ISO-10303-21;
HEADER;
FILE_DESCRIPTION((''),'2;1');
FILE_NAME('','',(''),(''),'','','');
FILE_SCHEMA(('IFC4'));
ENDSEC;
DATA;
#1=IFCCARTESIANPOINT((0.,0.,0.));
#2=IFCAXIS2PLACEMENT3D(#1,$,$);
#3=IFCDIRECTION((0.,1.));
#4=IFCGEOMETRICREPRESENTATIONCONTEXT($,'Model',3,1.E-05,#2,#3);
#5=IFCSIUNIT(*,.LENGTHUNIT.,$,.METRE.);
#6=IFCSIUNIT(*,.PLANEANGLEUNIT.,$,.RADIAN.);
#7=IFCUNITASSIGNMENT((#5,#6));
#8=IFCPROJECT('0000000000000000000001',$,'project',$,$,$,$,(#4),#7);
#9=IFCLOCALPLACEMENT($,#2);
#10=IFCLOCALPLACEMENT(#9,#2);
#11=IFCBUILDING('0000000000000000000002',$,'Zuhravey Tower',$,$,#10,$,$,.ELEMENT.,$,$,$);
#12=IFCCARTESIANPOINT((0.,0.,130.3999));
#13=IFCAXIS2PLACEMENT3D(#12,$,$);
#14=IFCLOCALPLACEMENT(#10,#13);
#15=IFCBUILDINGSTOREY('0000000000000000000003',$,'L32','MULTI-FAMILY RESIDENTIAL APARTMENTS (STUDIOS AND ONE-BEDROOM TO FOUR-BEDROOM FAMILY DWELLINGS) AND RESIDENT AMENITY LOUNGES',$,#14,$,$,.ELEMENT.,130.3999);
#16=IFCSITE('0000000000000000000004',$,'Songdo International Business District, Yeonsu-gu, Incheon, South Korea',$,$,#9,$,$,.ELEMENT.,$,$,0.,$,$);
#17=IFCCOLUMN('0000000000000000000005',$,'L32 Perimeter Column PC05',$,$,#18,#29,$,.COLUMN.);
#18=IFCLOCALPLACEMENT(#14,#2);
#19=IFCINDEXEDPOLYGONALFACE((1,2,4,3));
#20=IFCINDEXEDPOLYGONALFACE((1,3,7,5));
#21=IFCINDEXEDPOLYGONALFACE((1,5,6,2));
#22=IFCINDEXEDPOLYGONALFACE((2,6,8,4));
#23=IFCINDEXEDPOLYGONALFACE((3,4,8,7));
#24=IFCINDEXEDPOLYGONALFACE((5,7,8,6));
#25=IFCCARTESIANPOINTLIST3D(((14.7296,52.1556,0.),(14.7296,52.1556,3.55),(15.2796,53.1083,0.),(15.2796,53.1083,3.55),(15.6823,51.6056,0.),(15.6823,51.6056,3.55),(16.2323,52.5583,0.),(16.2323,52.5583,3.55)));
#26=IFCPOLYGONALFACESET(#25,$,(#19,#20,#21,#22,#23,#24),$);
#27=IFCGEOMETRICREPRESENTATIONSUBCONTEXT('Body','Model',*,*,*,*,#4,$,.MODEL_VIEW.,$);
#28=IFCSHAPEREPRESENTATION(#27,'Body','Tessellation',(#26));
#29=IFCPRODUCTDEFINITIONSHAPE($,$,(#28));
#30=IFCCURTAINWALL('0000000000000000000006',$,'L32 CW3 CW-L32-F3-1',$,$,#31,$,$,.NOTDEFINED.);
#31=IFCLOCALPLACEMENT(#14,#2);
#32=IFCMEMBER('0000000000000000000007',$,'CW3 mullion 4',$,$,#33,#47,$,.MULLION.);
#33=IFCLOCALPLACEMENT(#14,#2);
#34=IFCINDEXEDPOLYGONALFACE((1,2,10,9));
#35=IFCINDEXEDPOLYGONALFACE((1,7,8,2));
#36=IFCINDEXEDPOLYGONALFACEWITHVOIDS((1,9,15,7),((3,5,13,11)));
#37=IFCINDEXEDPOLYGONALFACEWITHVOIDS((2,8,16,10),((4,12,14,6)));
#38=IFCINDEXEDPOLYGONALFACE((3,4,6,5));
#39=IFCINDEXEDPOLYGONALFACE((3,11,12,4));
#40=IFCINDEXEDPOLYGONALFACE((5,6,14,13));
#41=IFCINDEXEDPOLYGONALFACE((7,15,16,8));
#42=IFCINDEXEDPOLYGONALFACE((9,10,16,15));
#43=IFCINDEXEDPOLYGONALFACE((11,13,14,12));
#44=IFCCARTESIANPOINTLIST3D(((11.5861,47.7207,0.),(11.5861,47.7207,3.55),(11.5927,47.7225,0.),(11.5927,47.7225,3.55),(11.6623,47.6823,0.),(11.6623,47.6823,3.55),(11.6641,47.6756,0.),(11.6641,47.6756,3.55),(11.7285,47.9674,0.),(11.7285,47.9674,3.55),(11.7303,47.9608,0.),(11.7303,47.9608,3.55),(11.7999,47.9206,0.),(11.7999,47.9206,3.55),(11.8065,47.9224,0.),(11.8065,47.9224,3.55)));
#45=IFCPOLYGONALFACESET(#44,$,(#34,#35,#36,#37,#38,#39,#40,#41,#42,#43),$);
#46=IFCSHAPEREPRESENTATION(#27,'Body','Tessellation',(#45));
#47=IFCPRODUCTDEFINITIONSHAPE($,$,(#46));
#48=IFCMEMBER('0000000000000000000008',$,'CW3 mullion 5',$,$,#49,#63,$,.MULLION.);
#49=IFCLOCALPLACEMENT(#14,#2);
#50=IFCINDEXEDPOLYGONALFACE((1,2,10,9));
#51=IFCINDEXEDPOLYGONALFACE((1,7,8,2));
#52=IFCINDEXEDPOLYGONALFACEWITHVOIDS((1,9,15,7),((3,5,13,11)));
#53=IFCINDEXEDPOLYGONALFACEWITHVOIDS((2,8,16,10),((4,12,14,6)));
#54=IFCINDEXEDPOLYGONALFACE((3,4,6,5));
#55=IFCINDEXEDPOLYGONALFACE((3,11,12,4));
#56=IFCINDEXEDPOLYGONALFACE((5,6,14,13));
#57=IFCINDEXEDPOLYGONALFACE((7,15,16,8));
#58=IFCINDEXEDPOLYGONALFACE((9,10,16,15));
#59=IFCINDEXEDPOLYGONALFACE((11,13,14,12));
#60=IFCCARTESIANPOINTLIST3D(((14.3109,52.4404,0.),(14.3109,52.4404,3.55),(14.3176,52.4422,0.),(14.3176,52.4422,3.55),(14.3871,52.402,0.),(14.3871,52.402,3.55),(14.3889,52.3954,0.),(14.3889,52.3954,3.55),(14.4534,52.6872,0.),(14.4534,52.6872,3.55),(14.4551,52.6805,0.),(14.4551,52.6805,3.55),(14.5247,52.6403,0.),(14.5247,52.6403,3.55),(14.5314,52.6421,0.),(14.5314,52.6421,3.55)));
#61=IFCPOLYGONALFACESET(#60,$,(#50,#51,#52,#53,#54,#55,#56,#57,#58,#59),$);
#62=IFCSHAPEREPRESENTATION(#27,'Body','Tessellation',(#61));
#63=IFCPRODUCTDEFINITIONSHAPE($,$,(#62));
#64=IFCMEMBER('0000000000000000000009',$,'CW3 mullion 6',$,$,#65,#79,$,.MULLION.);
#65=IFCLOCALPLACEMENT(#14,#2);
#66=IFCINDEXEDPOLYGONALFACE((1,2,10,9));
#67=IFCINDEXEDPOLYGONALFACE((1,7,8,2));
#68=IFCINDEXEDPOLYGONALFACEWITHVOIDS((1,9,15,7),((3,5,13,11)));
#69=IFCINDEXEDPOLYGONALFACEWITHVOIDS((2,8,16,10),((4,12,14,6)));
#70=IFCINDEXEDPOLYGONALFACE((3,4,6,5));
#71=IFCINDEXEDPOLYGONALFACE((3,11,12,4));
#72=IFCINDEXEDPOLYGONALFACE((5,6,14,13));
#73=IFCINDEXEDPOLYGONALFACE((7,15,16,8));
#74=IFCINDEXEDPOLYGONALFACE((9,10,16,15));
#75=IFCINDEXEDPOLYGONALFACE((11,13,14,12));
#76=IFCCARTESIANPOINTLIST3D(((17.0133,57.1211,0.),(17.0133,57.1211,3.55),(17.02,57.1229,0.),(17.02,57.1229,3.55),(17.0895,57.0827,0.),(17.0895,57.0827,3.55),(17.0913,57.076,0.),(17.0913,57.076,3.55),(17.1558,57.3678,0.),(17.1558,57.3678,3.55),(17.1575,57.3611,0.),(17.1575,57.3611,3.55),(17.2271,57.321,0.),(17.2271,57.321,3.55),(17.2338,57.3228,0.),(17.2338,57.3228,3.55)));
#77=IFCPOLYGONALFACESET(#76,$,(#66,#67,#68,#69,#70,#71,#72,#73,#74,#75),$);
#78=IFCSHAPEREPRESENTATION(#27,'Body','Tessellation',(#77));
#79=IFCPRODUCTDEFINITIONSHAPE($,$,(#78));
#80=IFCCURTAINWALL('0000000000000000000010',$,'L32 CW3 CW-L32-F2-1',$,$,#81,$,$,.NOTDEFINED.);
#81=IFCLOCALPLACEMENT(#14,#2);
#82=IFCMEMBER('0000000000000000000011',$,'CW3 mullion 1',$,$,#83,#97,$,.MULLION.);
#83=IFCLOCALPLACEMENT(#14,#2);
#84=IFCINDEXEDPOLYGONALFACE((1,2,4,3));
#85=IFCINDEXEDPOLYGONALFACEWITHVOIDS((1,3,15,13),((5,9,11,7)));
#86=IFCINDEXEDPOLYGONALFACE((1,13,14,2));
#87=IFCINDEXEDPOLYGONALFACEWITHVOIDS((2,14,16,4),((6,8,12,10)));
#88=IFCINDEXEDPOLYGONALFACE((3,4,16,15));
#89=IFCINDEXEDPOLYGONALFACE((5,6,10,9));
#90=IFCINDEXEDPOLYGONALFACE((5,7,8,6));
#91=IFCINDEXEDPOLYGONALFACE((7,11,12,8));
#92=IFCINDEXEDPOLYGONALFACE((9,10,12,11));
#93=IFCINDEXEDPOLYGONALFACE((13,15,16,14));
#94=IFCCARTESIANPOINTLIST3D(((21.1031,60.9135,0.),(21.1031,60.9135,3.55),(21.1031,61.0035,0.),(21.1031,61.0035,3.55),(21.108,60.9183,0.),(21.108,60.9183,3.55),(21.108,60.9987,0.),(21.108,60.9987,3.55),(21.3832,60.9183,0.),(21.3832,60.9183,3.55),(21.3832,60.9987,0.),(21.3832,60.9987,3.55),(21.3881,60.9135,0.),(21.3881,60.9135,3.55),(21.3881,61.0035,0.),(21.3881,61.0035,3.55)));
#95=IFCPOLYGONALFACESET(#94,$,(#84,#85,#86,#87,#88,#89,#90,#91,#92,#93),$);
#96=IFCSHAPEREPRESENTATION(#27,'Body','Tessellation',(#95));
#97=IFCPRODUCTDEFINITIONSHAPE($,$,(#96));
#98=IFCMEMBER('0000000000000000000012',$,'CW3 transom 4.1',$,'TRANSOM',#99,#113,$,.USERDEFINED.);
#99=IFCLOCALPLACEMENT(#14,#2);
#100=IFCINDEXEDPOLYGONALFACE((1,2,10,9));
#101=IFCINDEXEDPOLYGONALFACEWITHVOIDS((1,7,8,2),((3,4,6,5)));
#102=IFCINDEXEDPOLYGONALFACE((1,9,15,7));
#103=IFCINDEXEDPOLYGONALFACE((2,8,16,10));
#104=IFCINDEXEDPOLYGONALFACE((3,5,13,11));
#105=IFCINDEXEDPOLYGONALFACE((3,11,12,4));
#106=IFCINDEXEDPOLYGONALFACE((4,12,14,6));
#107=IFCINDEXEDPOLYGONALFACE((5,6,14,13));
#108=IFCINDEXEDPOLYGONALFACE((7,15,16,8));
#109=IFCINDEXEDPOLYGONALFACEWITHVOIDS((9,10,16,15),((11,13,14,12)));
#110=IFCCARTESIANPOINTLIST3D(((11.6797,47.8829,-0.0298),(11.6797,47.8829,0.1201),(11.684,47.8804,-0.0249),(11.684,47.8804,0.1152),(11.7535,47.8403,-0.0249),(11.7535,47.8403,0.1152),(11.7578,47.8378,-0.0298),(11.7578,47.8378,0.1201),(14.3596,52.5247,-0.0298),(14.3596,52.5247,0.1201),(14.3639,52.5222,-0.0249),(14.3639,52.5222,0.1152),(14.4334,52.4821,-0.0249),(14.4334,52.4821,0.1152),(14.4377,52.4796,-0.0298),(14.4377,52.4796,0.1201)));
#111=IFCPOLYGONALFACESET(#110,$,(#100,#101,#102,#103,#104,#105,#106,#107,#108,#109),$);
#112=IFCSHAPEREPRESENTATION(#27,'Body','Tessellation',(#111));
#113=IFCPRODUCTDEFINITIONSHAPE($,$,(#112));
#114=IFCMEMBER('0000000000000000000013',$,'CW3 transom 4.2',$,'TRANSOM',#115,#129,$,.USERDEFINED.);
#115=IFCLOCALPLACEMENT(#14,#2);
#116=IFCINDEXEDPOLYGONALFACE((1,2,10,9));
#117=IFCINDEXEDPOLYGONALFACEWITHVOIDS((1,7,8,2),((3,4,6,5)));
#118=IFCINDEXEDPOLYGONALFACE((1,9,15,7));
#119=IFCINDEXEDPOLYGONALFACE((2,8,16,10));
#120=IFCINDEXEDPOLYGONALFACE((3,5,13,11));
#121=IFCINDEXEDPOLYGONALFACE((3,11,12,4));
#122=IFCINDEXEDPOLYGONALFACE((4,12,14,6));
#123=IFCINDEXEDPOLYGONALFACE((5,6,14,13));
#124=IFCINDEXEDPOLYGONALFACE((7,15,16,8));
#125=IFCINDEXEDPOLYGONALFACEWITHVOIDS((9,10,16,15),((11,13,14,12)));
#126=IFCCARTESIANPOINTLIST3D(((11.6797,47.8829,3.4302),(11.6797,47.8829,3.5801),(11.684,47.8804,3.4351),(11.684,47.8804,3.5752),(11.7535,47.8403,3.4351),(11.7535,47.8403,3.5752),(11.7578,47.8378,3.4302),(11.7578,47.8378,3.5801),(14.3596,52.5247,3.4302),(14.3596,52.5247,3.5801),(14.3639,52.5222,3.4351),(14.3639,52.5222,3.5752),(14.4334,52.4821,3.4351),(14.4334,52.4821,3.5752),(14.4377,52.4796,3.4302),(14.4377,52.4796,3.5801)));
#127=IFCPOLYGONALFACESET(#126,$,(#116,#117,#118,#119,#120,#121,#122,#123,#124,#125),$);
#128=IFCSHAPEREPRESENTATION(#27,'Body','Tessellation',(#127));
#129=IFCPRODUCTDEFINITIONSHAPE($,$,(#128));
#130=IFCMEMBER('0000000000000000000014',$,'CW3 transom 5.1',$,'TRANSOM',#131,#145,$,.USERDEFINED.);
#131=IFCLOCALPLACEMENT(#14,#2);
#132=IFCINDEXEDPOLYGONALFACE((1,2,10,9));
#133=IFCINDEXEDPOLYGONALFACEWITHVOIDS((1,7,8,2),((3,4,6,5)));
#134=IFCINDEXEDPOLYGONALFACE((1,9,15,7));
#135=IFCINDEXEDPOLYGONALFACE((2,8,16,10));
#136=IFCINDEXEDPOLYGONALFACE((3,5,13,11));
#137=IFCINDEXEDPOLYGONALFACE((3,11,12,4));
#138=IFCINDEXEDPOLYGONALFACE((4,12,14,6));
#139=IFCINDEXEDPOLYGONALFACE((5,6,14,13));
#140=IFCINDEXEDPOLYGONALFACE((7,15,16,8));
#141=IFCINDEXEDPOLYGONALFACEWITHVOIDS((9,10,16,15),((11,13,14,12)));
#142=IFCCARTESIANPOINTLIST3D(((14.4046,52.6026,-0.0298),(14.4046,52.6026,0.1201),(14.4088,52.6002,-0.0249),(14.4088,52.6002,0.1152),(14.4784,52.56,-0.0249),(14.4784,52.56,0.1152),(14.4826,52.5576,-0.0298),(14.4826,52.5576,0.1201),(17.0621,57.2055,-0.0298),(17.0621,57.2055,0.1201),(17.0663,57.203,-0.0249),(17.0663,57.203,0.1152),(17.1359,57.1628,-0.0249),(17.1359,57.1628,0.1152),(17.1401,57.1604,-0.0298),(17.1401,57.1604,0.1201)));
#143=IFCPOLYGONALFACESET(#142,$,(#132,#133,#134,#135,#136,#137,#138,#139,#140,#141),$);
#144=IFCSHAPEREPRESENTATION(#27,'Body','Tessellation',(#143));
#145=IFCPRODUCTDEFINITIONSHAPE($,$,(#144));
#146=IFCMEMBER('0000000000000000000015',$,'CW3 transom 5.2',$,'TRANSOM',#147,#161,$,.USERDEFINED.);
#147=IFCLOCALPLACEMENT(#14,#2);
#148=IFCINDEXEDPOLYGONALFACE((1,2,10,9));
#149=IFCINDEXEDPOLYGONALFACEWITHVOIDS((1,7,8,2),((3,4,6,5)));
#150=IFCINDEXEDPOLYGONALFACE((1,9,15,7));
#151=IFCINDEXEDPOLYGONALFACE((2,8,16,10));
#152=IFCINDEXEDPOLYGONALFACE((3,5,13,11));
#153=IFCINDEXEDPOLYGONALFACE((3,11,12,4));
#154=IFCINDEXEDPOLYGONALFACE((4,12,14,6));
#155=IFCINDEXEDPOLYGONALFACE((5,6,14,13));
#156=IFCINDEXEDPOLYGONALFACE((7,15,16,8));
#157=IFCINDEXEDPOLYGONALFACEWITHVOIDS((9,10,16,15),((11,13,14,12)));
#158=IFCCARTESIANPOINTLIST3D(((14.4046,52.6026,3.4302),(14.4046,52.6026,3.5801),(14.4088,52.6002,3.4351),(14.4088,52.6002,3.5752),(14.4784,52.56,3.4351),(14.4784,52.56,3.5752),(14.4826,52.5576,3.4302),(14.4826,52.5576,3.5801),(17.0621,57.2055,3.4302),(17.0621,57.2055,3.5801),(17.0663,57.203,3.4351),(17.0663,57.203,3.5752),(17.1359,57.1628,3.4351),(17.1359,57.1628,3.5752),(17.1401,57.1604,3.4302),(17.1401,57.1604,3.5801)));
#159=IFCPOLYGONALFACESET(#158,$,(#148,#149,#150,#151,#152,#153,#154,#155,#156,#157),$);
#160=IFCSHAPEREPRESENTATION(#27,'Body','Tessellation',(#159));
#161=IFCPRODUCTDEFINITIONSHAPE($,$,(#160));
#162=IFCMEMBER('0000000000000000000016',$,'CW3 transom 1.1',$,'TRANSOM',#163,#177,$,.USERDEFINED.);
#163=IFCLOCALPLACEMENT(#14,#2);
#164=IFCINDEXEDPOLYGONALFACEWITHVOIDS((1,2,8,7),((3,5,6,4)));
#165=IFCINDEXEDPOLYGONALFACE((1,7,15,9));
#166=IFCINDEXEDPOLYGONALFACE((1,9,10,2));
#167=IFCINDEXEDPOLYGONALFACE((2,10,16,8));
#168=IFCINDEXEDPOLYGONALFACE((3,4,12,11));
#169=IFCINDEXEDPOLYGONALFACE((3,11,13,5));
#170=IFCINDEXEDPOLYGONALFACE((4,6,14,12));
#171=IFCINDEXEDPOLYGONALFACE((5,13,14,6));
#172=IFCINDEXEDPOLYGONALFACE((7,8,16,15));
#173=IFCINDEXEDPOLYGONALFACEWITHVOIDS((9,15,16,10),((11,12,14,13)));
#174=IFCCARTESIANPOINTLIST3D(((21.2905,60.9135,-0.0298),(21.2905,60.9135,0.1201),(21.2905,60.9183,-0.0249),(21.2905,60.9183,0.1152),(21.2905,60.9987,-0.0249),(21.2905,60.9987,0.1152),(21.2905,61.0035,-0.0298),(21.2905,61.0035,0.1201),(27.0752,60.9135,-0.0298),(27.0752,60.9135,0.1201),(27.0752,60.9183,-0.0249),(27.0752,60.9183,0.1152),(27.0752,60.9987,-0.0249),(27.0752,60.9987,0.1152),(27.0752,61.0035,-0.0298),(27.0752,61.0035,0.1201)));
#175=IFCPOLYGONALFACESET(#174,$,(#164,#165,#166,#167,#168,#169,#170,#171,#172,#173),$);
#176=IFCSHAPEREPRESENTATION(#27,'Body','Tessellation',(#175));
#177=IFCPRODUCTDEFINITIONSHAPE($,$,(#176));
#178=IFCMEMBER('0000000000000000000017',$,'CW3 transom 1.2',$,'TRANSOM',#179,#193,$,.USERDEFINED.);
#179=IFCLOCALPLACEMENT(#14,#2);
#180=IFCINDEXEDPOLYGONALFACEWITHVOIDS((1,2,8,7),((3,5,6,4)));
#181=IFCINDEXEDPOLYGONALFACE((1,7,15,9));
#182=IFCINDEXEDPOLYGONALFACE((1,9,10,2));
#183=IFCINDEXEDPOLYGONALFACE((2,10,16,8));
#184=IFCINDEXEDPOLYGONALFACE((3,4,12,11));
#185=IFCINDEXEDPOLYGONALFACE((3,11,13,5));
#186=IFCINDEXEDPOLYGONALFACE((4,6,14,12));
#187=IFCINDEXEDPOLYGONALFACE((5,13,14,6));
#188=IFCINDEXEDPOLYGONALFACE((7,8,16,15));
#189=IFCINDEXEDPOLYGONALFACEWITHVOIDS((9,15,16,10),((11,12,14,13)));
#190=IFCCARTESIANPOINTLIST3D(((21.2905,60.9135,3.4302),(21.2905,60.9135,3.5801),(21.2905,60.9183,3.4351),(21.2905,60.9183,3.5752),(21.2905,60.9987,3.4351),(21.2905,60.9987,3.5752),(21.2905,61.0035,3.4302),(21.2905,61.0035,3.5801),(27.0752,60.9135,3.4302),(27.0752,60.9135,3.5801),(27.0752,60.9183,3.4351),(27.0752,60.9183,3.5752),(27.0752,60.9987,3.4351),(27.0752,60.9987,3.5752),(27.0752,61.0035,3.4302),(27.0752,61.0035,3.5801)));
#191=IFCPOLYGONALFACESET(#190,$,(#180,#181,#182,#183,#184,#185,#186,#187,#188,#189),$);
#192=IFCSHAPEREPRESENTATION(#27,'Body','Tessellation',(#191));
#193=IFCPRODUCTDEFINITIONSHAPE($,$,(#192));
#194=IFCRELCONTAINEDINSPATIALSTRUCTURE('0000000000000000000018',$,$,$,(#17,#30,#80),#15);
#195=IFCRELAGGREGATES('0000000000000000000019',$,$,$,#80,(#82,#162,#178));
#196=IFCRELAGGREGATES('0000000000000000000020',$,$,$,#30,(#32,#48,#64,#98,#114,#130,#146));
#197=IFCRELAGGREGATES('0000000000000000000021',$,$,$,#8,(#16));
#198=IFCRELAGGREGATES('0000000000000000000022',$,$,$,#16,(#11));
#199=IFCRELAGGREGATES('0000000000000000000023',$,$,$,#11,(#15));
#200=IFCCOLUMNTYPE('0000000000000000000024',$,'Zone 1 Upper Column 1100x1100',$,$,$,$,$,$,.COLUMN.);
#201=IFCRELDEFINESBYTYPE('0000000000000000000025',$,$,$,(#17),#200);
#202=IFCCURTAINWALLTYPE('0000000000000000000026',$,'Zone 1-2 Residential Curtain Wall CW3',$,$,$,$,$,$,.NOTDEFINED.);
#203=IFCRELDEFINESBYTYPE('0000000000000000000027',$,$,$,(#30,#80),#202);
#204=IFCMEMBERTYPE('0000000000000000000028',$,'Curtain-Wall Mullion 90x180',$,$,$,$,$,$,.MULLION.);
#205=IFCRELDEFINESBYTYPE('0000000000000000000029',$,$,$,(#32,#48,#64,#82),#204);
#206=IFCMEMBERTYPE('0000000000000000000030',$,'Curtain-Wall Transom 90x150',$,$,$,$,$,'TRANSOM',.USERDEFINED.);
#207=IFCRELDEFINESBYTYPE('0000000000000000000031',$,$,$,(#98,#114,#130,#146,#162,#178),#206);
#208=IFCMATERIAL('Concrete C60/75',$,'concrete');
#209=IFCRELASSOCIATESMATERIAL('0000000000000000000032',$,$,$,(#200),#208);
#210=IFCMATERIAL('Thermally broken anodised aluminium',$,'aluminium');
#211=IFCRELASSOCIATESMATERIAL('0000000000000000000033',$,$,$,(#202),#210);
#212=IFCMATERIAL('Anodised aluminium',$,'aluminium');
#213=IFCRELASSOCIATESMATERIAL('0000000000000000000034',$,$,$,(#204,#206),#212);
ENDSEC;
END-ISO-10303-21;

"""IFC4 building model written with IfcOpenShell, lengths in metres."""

from ifc_helpers import new_model, si_unit, direction, frame, origin, origin_2d, place, context, subcontext, project, spatial, rectangle, hollow_rectangle, extrude, material, material_profile, profile_set, type_object, element, aggregate, save


model = new_model("IFC4")

# Units and contexts
model_context = context("Model", 3, precision=1e-05, world=origin(), true_north=direction((0.0, 1.0)))
body_context = subcontext(model_context, "Body", "Model", "MODEL_VIEW")
ifc_project = project(units=[si_unit("LENGTHUNIT", "METRE"), si_unit("PLANEANGLEUNIT", "RADIAN")], contexts=[model_context])

# Site, building, storey
site_placement = place(None, origin())
site = spatial("IfcSite", under=ifc_project, at=site_placement, Name="Songdo International Business District, Yeonsu-gu, Incheon, South Korea", CompositionType="ELEMENT", RefElevation=0.0)
building_placement = place(site_placement, origin())
building = spatial("IfcBuilding", under=site, at=building_placement, Name="Zuhravey Tower", CompositionType="ELEMENT")
storey_placement = place(building_placement, frame((0.0, 0.0, 130.3999)))
storey = spatial("IfcBuildingStorey", under=building, at=storey_placement, Name="L32", Description="MULTI-FAMILY RESIDENTIAL APARTMENTS (STUDIOS AND ONE-BEDROOM TO FOUR-BEDROOM FAMILY DWELLINGS) AND RESIDENT AMENITY LOUNGES", CompositionType="ELEMENT", Elevation=130.3999)

# Column
ifc_material_1 = material(Name="Concrete C60/75", Category="concrete")
ifc_material_profile_1 = material_profile(ifc_material_1, rectangle(XDim=1.1001, YDim=1.1001, at=origin_2d()), Name="RC-1100x1100")
ifc_profile_set_1 = profile_set([ifc_material_profile_1], Name="Concrete C60/75")
column_type = type_object("IfcColumnType", Name="Zone 1 Upper Column 1100x1100", PredefinedType="COLUMN", material=ifc_profile_set_1)
column_placement = place(storey_placement, frame((15.481, 52.3569, 0.0), z_axis=(0.0, 0.0, 1.0), x_axis=(-0.5, -0.866025, 0.0)))
element("IfcColumn", 1, at=column_placement, inside=storey, type_object=column_type, Name="L32 Perimeter Column PC05", PredefinedType="COLUMN", context=body_context, shape_type="SweptSolid", body=[
    extrude(rectangle(XDim=1.1001, YDim=1.1001, at=origin_2d()), origin(), (0.0, 0.0, 1.0), 3.55),
])

# Curtain wall, members
ifc_material_2 = material(Name="Thermally broken anodised aluminium", Category="aluminium")
curtain_wall_type = type_object("IfcCurtainWallType", Name="Zone 1-2 Residential Curtain Wall CW3", PredefinedType="NOTDEFINED", material=ifc_material_2)
curtain_wall_1_placement = place(storey_placement, origin())
curtain_wall_1 = element("IfcCurtainWall", 2, at=curtain_wall_1_placement, inside=storey, type_object=curtain_wall_type, Name="L32 CW3 CW-L32-F3-1", PredefinedType="NOTDEFINED")
ifc_material_3 = material(Name="Anodised aluminium", Category="aluminium")
ifc_material_profile_2 = material_profile(ifc_material_3, hollow_rectangle(XDim=0.0901, YDim=0.2849, WallThickness=0.0049, at=origin_2d()), Name="ALU-RHS-90x285x5")
ifc_profile_set_2 = profile_set([ifc_material_profile_2], Name="Anodised aluminium")
member_type_1 = type_object("IfcMemberType", Name="Curtain-Wall Mullion 90x180", PredefinedType="MULLION", material=ifc_profile_set_2)
member_1_placement = place(storey_placement, frame((11.6963, 47.8215, 0.0), z_axis=(0.0, 0.0, 1.0), x_axis=(-0.866025, 0.5, 0.0)))
member_1 = element("IfcMember", 3, at=member_1_placement, type_object=member_type_1, Name="CW3 mullion 4", PredefinedType="MULLION", context=body_context, shape_type="SweptSolid", body=[
    extrude(hollow_rectangle(XDim=0.0901, YDim=0.2849, WallThickness=0.0049, at=origin_2d()), origin(), (0.0, 0.0, 1.0), 3.55),
])
member_2_placement = place(storey_placement, frame((14.4211, 52.5413, 0.0), z_axis=(0.0, 0.0, 1.0), x_axis=(-0.866025, 0.5, 0.0)))
member_2 = element("IfcMember", 4, at=member_2_placement, type_object=member_type_1, Name="CW3 mullion 5", PredefinedType="MULLION", context=body_context, shape_type="SweptSolid", body=[
    extrude(hollow_rectangle(XDim=0.0901, YDim=0.2849, WallThickness=0.0049, at=origin_2d()), origin(), (0.0, 0.0, 1.0), 3.55),
])
member_3_placement = place(storey_placement, frame((17.1235, 57.2219, 0.0), z_axis=(0.0, 0.0, 1.0), x_axis=(-0.866025, 0.5, 0.0)))
member_3 = element("IfcMember", 5, at=member_3_placement, type_object=member_type_1, Name="CW3 mullion 6", PredefinedType="MULLION", context=body_context, shape_type="SweptSolid", body=[
    extrude(hollow_rectangle(XDim=0.0901, YDim=0.2849, WallThickness=0.0049, at=origin_2d()), origin(), (0.0, 0.0, 1.0), 3.55),
])

# Curtain wall, member
curtain_wall_2_placement = place(storey_placement, origin())
curtain_wall_2 = element("IfcCurtainWall", 6, at=curtain_wall_2_placement, inside=storey, type_object=curtain_wall_type, Name="L32 CW3 CW-L32-F2-1", PredefinedType="NOTDEFINED")
member_4_placement = place(storey_placement, frame((21.2456, 60.9585, 0.0), z_axis=(0.0, 0.0, 1.0), x_axis=(0.0, 1.0, 0.0)))
member_4 = element("IfcMember", 7, at=member_4_placement, type_object=member_type_1, Name="CW3 mullion 1", PredefinedType="MULLION", context=body_context, shape_type="SweptSolid", body=[
    extrude(hollow_rectangle(XDim=0.0901, YDim=0.2849, WallThickness=0.0049, at=origin_2d()), origin(), (0.0, 0.0, 1.0), 3.55),
])

# Members
ifc_material_profile_3 = material_profile(ifc_material_3, hollow_rectangle(XDim=0.0901, YDim=0.1499, WallThickness=0.0049, at=origin_2d()), Name="ALU-RHS-90x150x5")
ifc_profile_set_3 = profile_set([ifc_material_profile_3], Name="Anodised aluminium")
member_type_2 = type_object("IfcMemberType", Name="Curtain-Wall Transom 90x150", ElementType="TRANSOM", PredefinedType="USERDEFINED", material=ifc_profile_set_3)
member_5_placement = place(storey_placement, frame((11.7188, 47.8604, 0.0452), z_axis=(0.499995, 0.866029, 0.0), x_axis=(-0.866029, 0.499995, 0.0)))
member_5 = element("IfcMember", 8, at=member_5_placement, type_object=member_type_2, Name="CW3 transom 4.1", ObjectType="TRANSOM", PredefinedType="USERDEFINED", context=body_context, shape_type="SweptSolid", body=[
    extrude(hollow_rectangle(XDim=0.0901, YDim=0.1499, WallThickness=0.0049, at=origin_2d()), origin(), (0.0, 0.0, 1.0), 5.3599),
])
member_6_placement = place(storey_placement, frame((11.7188, 47.8604, 3.5051), z_axis=(0.499995, 0.866029, 0.0), x_axis=(-0.866029, 0.499995, 0.0)))
member_6 = element("IfcMember", 9, at=member_6_placement, type_object=member_type_2, Name="CW3 transom 4.2", ObjectType="TRANSOM", PredefinedType="USERDEFINED", context=body_context, shape_type="SweptSolid", body=[
    extrude(hollow_rectangle(XDim=0.0901, YDim=0.1499, WallThickness=0.0049, at=origin_2d()), origin(), (0.0, 0.0, 1.0), 5.3599),
])
member_7_placement = place(storey_placement, frame((14.4436, 52.5801, 0.0452), z_axis=(0.500007, 0.866021, 0.0), x_axis=(-0.866021, 0.500007, 0.0)))
member_7 = element("IfcMember", 10, at=member_7_placement, type_object=member_type_2, Name="CW3 transom 5.1", ObjectType="TRANSOM", PredefinedType="USERDEFINED", context=body_context, shape_type="SweptSolid", body=[
    extrude(hollow_rectangle(XDim=0.0901, YDim=0.1499, WallThickness=0.0049, at=origin_2d()), origin(), (0.0, 0.0, 1.0), 5.3149),
])
member_8_placement = place(storey_placement, frame((14.4436, 52.5801, 3.5051), z_axis=(0.500007, 0.866021, 0.0), x_axis=(-0.866021, 0.500007, 0.0)))
member_8 = element("IfcMember", 11, at=member_8_placement, type_object=member_type_2, Name="CW3 transom 5.2", ObjectType="TRANSOM", PredefinedType="USERDEFINED", context=body_context, shape_type="SweptSolid", body=[
    extrude(hollow_rectangle(XDim=0.0901, YDim=0.1499, WallThickness=0.0049, at=origin_2d()), origin(), (0.0, 0.0, 1.0), 5.3149),
])
member_9_placement = place(storey_placement, frame((21.2905, 60.9585, 0.0452), z_axis=(1.0, 0.0, 0.0), x_axis=(0.0, 1.0, 0.0)))
member_9 = element("IfcMember", 12, at=member_9_placement, type_object=member_type_2, Name="CW3 transom 1.1", ObjectType="TRANSOM", PredefinedType="USERDEFINED", context=body_context, shape_type="SweptSolid", body=[
    extrude(hollow_rectangle(XDim=0.0901, YDim=0.1499, WallThickness=0.0049, at=origin_2d()), origin(), (0.0, 0.0, 1.0), 5.7847),
])
member_10_placement = place(storey_placement, frame((21.2905, 60.9585, 3.5051), z_axis=(1.0, 0.0, 0.0), x_axis=(0.0, 1.0, 0.0)))
member_10 = element("IfcMember", 13, at=member_10_placement, type_object=member_type_2, Name="CW3 transom 1.2", ObjectType="TRANSOM", PredefinedType="USERDEFINED", context=body_context, shape_type="SweptSolid", body=[
    extrude(hollow_rectangle(XDim=0.0901, YDim=0.1499, WallThickness=0.0049, at=origin_2d()), origin(), (0.0, 0.0, 1.0), 5.7847),
])
aggregate(curtain_wall_2, [member_4, member_9, member_10])

aggregate(curtain_wall_1, [member_1, member_2, member_3, member_5, member_6, member_7, member_8])

save(model, "model.ifc")
